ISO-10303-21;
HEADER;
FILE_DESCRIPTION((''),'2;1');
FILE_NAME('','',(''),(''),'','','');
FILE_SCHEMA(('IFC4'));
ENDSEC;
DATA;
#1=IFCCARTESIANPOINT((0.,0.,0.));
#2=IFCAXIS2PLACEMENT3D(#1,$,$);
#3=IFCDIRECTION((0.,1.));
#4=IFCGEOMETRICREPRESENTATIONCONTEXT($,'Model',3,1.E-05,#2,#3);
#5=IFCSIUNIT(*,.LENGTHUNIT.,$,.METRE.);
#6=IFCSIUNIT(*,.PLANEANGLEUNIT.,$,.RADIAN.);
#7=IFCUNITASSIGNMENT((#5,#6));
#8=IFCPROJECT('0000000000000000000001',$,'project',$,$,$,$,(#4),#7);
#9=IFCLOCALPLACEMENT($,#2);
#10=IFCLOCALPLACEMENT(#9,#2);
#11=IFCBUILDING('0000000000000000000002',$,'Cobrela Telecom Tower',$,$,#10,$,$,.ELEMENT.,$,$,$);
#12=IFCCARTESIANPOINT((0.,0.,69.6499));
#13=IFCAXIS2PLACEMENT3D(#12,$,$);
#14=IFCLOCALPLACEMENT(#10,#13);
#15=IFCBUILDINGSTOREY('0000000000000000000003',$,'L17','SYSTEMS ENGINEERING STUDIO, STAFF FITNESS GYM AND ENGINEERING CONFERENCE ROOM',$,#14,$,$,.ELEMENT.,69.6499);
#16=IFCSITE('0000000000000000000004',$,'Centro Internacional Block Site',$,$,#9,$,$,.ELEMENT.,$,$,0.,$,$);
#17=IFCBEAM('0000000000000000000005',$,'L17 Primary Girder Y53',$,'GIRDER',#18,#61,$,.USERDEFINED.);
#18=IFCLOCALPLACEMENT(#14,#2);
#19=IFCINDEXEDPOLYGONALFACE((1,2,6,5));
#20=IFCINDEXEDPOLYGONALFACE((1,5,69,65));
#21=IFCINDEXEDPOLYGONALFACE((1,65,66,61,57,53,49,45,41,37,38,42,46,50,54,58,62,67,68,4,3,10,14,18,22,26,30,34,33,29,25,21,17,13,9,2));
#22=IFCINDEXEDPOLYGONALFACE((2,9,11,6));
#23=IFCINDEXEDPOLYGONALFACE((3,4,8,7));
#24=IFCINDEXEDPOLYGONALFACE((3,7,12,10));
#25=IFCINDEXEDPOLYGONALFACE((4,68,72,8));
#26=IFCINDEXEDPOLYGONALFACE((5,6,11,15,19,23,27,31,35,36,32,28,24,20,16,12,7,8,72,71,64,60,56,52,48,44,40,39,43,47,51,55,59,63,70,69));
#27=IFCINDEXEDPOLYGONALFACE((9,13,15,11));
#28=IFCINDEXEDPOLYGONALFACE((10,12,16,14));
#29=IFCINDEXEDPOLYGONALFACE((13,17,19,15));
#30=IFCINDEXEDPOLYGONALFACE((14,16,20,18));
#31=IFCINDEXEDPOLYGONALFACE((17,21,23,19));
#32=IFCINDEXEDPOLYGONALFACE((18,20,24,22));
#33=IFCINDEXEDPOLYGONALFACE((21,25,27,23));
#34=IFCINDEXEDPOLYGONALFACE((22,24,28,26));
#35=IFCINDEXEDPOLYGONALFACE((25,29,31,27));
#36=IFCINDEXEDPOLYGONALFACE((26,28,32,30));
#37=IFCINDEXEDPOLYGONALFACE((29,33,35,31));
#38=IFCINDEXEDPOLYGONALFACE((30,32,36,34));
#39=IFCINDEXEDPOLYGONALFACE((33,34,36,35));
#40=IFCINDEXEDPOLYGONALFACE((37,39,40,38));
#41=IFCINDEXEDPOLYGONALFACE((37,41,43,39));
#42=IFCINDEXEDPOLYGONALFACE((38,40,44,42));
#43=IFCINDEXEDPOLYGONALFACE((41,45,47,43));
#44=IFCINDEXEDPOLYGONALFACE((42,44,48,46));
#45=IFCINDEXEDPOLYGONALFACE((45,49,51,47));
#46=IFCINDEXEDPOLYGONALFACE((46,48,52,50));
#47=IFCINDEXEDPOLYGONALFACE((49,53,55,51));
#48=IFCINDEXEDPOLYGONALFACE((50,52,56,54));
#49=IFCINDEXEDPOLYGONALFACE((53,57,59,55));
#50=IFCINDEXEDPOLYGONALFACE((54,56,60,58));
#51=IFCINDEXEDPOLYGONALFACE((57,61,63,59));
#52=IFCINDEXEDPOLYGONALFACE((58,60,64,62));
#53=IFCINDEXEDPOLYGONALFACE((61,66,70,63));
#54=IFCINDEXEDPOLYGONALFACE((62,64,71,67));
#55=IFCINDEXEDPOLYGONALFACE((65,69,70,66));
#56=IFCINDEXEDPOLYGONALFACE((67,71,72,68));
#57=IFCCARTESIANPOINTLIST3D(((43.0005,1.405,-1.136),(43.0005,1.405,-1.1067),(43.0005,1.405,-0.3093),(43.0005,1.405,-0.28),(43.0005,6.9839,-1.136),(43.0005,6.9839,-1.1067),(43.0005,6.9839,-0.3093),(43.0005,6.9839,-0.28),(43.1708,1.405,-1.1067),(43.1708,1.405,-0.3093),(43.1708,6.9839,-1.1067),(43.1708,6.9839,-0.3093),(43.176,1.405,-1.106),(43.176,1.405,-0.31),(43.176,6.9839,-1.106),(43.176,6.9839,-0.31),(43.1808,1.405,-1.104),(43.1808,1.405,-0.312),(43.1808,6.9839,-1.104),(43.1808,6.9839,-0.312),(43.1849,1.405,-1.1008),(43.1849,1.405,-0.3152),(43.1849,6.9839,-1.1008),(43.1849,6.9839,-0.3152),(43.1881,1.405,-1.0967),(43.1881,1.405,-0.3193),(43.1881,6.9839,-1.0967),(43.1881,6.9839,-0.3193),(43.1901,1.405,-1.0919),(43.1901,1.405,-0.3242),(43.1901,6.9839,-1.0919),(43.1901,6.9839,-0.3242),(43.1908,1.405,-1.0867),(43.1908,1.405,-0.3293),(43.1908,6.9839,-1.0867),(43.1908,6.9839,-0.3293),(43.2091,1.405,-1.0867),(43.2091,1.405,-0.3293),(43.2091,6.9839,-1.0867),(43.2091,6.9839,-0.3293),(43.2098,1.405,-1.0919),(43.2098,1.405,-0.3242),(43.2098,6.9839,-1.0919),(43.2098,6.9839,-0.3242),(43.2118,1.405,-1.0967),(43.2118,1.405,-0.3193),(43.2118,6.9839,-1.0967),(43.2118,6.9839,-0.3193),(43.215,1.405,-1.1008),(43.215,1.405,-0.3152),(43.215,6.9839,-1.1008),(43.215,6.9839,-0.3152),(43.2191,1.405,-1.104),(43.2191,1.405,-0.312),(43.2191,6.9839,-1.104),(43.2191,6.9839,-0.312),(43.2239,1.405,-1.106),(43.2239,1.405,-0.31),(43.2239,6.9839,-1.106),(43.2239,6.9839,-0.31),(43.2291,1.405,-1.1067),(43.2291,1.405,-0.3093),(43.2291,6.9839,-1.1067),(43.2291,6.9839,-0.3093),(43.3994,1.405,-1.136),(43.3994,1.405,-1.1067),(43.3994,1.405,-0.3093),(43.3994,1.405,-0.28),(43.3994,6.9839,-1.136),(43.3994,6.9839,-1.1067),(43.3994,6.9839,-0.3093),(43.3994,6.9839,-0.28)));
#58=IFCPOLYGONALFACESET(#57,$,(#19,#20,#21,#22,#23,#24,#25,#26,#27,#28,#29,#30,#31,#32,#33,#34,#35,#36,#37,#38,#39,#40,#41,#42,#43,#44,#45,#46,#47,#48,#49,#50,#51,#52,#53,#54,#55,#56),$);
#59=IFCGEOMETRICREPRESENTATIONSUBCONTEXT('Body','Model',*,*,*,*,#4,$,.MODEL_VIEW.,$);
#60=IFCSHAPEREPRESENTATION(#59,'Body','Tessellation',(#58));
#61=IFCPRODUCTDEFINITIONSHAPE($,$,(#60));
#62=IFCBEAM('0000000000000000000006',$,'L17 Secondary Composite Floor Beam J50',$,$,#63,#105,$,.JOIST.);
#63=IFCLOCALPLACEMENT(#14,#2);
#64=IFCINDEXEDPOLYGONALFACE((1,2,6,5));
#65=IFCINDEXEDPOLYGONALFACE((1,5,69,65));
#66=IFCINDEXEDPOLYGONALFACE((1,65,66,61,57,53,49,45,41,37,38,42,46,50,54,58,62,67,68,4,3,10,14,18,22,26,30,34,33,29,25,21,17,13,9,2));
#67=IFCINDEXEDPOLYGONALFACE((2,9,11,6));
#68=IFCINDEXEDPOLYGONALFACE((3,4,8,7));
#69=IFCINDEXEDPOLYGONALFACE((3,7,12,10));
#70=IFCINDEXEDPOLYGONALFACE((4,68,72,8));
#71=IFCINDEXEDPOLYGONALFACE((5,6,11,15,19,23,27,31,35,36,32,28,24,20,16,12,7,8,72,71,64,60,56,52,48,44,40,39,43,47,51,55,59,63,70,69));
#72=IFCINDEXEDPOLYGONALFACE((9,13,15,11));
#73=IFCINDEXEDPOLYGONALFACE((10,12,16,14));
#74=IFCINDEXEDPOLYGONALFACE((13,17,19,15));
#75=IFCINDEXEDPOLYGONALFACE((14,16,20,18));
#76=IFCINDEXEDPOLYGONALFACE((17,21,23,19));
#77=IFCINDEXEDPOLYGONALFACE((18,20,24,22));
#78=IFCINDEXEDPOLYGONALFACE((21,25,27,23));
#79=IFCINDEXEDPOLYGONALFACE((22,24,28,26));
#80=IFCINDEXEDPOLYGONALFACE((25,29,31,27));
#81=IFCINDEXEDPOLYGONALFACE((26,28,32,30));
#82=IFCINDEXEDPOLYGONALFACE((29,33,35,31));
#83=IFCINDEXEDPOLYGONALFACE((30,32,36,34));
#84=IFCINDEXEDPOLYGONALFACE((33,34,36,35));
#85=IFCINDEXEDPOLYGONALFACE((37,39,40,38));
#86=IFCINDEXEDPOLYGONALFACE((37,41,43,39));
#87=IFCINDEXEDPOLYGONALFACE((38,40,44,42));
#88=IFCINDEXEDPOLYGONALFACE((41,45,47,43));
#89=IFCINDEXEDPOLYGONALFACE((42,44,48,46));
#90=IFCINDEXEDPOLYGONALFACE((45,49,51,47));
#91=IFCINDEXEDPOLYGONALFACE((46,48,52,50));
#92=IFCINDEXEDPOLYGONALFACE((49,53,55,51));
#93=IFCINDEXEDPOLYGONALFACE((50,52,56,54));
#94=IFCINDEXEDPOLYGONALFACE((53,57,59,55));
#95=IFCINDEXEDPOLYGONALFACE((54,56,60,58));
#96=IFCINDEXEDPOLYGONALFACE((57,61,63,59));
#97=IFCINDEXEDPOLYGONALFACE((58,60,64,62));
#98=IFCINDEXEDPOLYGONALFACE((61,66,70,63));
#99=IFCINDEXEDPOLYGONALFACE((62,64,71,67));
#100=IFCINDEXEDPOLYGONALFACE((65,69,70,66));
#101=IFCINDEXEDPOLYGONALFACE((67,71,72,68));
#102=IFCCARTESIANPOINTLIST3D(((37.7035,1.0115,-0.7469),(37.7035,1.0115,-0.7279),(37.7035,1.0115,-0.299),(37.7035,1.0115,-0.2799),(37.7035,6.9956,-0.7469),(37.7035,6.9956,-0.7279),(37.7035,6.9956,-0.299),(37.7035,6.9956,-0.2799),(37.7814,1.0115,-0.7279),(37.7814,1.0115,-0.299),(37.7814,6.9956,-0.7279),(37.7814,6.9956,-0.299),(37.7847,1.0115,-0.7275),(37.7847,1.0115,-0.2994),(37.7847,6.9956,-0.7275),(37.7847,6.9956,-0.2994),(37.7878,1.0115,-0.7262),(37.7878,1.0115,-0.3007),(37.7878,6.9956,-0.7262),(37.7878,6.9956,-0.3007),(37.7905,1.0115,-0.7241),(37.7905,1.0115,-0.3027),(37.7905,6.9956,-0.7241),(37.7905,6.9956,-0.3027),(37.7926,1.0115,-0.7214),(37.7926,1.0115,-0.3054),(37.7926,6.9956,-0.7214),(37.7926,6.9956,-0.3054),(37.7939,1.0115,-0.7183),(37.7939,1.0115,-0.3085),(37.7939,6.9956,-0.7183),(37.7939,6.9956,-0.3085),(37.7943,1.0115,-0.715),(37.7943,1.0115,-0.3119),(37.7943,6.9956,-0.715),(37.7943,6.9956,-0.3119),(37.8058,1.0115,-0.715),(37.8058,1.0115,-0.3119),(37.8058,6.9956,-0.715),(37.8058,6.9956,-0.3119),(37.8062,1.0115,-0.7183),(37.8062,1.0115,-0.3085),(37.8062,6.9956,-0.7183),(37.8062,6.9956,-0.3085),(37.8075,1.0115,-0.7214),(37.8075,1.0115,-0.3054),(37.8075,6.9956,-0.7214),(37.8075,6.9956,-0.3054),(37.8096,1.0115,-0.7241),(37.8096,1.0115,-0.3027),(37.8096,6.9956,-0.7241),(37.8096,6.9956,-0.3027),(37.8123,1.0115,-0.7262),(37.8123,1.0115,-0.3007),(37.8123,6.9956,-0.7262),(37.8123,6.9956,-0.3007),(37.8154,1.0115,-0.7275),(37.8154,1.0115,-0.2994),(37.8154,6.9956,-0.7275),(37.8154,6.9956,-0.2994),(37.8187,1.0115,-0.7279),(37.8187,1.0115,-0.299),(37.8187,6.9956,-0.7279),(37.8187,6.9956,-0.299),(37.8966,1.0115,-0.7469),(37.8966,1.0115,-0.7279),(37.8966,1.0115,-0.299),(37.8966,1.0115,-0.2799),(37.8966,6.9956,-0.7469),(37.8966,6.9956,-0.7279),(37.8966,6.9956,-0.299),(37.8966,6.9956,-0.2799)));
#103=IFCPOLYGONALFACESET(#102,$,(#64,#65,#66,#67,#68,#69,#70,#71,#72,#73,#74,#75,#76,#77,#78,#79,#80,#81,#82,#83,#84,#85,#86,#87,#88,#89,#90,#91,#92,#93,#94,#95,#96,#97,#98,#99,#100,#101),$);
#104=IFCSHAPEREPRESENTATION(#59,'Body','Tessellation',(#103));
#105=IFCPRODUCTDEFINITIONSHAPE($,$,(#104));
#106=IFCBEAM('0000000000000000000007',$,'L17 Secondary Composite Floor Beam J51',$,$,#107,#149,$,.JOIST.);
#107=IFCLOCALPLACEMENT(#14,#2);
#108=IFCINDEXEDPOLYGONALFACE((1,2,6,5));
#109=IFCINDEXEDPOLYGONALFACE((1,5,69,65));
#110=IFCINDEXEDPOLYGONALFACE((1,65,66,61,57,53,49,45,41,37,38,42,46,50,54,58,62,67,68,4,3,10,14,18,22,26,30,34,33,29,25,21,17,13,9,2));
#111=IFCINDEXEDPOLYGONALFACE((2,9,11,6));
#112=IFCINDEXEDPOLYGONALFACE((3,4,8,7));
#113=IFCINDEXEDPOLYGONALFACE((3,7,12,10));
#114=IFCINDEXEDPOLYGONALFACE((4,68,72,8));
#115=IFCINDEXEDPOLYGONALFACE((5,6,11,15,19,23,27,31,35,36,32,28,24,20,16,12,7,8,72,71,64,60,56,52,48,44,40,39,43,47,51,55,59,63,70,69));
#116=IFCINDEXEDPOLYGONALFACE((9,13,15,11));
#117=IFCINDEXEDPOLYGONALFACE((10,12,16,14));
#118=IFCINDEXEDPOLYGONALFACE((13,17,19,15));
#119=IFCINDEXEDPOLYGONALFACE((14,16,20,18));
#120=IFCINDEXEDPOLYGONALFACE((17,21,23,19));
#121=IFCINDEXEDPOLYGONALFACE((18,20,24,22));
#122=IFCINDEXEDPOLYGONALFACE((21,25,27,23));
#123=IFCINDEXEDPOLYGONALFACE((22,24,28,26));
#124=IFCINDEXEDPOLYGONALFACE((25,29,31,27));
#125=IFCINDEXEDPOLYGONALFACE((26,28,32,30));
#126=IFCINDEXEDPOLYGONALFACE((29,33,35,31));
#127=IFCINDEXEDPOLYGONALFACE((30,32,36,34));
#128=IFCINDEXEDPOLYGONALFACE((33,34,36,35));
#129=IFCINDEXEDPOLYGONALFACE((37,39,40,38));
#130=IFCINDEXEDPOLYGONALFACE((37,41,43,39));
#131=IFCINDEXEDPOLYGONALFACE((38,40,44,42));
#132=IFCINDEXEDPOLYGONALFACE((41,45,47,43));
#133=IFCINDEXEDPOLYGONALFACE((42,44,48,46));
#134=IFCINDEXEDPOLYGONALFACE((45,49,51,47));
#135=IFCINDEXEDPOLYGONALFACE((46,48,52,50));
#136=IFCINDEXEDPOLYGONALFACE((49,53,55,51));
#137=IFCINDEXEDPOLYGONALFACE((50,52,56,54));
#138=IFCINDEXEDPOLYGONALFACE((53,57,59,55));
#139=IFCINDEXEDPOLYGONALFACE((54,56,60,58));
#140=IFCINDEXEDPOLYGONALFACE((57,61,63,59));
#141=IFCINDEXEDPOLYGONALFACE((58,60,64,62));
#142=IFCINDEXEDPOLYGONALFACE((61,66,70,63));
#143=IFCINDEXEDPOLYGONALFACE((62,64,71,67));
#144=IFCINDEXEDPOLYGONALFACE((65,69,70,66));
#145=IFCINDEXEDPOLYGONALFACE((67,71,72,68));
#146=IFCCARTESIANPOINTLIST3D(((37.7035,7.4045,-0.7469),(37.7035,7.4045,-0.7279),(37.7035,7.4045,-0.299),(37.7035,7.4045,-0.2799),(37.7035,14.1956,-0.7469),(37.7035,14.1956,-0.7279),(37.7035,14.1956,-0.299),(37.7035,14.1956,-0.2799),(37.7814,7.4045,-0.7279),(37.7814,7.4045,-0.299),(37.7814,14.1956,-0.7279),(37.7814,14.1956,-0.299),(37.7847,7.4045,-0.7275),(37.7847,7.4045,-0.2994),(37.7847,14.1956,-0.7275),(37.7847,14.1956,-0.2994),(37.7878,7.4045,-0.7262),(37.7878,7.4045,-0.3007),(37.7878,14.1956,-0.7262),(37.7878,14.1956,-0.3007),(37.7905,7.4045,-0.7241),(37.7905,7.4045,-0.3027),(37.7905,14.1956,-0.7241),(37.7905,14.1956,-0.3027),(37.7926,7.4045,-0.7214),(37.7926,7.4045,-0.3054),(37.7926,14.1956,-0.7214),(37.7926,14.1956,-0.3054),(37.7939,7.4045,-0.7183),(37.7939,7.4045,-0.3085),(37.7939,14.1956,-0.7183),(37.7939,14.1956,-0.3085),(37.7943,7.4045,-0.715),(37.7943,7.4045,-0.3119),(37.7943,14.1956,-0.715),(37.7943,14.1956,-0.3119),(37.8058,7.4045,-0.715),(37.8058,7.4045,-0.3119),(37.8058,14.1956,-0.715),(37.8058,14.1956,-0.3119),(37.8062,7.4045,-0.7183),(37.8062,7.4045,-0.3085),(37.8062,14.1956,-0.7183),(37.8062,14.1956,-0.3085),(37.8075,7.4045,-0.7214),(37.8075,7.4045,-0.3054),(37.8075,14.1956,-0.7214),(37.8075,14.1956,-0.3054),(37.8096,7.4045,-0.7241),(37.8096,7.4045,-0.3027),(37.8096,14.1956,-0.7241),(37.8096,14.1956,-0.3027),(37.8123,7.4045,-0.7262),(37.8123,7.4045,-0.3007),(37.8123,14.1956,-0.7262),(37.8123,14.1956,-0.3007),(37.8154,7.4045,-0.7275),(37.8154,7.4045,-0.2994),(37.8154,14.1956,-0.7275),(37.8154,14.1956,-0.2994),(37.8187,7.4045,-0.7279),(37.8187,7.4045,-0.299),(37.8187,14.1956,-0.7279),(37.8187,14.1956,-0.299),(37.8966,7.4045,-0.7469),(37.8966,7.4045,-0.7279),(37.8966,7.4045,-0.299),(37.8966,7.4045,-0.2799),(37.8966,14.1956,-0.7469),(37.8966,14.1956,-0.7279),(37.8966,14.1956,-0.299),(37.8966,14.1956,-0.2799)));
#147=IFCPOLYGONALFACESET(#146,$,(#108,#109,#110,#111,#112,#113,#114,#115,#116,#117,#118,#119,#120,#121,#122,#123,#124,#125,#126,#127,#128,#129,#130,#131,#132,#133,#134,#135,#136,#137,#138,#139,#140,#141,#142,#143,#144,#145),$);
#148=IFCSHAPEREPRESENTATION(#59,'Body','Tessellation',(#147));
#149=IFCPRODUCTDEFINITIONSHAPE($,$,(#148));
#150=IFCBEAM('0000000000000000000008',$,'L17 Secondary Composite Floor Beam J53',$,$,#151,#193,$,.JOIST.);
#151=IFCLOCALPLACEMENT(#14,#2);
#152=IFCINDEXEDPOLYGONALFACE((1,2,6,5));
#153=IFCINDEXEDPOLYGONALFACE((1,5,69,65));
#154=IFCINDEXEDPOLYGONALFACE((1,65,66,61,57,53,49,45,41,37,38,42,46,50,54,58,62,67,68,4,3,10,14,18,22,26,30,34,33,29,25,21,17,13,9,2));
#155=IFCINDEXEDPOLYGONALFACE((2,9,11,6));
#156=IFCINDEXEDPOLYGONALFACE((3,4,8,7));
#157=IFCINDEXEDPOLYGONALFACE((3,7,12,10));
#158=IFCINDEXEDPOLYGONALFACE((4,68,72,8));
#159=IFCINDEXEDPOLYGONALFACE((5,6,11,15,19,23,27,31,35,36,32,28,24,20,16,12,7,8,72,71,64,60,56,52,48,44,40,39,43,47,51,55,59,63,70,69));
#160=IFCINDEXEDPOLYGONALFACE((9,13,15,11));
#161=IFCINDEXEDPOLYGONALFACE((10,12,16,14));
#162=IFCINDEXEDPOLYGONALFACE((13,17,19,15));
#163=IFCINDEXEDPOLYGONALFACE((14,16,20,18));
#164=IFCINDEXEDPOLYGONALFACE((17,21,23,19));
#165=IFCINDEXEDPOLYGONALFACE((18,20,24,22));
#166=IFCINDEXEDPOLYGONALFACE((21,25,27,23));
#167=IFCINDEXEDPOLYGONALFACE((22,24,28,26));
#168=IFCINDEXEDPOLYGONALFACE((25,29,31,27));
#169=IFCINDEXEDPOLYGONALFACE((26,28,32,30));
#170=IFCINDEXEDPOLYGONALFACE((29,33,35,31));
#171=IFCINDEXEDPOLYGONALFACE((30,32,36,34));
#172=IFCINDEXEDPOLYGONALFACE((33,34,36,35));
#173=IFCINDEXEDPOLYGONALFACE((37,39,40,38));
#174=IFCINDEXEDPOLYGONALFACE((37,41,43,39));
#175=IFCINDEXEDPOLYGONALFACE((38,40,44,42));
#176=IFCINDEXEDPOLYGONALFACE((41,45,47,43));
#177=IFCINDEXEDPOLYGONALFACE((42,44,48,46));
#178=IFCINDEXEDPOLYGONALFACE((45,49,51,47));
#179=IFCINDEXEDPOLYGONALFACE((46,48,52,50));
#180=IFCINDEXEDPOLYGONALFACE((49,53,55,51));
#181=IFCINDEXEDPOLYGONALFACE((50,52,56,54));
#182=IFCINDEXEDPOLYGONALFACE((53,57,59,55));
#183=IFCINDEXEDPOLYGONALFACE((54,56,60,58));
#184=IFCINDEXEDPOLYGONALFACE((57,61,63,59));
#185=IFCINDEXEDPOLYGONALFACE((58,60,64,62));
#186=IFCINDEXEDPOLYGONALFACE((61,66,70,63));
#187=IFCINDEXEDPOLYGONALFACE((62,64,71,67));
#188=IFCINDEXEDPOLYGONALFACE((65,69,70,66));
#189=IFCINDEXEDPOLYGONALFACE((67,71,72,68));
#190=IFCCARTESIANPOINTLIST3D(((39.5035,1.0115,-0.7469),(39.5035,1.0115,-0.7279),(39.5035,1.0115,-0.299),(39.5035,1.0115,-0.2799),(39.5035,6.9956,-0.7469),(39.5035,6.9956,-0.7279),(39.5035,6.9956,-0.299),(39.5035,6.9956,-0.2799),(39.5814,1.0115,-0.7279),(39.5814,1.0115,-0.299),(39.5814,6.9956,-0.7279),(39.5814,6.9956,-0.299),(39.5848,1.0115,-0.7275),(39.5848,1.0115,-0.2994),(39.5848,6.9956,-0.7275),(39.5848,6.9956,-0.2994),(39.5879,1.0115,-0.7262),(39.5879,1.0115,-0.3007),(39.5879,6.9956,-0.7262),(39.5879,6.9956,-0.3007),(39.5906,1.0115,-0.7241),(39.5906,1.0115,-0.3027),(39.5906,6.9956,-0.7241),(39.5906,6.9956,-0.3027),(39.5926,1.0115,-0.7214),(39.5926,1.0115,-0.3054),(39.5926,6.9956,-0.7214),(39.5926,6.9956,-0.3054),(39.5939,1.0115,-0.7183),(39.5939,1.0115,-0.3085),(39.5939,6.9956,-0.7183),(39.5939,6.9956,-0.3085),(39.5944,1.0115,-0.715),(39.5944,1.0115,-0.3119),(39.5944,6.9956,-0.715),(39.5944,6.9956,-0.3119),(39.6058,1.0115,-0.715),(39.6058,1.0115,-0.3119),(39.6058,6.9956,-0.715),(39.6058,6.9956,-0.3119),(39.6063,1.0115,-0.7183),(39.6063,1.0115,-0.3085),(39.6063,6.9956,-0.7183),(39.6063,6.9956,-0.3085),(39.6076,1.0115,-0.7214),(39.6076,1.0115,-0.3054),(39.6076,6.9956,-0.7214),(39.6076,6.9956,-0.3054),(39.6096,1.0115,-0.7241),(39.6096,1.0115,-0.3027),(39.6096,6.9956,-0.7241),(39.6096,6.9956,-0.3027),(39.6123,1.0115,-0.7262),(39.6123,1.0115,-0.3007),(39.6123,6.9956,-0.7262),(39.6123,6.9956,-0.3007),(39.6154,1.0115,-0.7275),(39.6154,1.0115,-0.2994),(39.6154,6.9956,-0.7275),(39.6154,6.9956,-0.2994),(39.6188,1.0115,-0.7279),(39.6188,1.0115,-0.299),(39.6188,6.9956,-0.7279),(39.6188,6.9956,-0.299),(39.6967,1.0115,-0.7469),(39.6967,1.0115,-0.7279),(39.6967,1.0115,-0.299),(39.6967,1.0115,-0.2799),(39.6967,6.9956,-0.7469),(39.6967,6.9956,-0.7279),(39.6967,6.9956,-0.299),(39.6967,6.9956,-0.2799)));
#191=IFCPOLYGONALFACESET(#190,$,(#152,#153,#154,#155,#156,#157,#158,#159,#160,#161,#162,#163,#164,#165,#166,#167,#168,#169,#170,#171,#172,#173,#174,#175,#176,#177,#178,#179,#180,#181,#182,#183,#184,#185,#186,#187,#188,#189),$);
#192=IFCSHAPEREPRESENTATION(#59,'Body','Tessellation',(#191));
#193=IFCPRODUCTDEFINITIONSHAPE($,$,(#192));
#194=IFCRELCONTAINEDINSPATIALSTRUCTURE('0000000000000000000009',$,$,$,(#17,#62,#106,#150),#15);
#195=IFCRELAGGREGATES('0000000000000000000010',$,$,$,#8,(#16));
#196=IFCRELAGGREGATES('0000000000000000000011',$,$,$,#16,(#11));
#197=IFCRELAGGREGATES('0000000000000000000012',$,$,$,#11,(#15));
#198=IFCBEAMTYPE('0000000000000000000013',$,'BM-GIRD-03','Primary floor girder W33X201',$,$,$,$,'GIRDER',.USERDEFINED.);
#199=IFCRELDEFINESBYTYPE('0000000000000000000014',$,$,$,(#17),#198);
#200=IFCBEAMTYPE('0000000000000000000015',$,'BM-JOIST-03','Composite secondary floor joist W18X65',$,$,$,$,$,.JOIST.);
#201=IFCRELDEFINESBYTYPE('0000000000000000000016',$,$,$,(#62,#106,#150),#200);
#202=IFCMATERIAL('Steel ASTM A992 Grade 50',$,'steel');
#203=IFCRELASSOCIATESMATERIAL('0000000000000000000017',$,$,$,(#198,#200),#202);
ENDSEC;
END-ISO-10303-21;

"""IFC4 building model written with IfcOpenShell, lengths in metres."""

from ifc_helpers import new_model, si_unit, direction, frame, origin, origin_2d, place, context, subcontext, project, spatial, i_section, extrude, material, material_profile, profile_set, type_object, element, save


model = new_model("IFC4")

# Units and contexts
model_context = context("Model", 3, precision=1e-05, world=origin(), true_north=direction((0.0, 1.0)))
body_context = subcontext(model_context, "Body", "Model", "MODEL_VIEW")
ifc_project = project(units=[si_unit("LENGTHUNIT", "METRE"), si_unit("PLANEANGLEUNIT", "RADIAN")], contexts=[model_context])

# Site, building, storey
site_placement = place(None, origin())
site = spatial("IfcSite", under=ifc_project, at=site_placement, Name="Centro Internacional Block Site", CompositionType="ELEMENT", RefElevation=0.0)
building_placement = place(site_placement, origin())
building = spatial("IfcBuilding", under=site, at=building_placement, Name="Cobrela Telecom Tower", CompositionType="ELEMENT")
storey_placement = place(building_placement, frame((0.0, 0.0, 69.6499)))
storey = spatial("IfcBuildingStorey", under=building, at=storey_placement, Name="L17", Description="SYSTEMS ENGINEERING STUDIO, STAFF FITNESS GYM AND ENGINEERING CONFERENCE ROOM", CompositionType="ELEMENT", Elevation=69.6499)

# Shared definitions
ifc_material_1 = material(Name="Steel ASTM A992 Grade 50", Category="steel")

# Beams
ifc_material_profile_1 = material_profile(ifc_material_1, i_section(OverallWidth=0.3989, OverallDepth=0.856, WebThickness=0.0183, FlangeThickness=0.0293, FilletRadius=0.02, at=origin_2d()), Name="W33X201")
ifc_profile_set_1 = profile_set([ifc_material_profile_1], Name="Steel ASTM A992 Grade 50")
beam_type_1 = type_object("IfcBeamType", Name="BM-GIRD-03", Description="Primary floor girder W33X201", ElementType="GIRDER", PredefinedType="USERDEFINED", material=ifc_profile_set_1)
beam_1_placement = place(storey_placement, frame((43.2, 1.405, -0.708), z_axis=(0.0, 1.0, 0.0), x_axis=(-1.0, 0.0, 0.0)))
element("IfcBeam", 1, at=beam_1_placement, inside=storey, type_object=beam_type_1, Name="L17 Primary Girder Y53", ObjectType="GIRDER", PredefinedType="USERDEFINED", context=body_context, shape_type="SweptSolid", body=[
    extrude(i_section(OverallWidth=0.3989, OverallDepth=0.856, WebThickness=0.0183, FlangeThickness=0.0293, FilletRadius=0.02, at=origin_2d()), origin(), (0.0, 0.0, 1.0), 5.5789),
])
ifc_material_profile_2 = material_profile(ifc_material_1, i_section(OverallWidth=0.1931, OverallDepth=0.467, WebThickness=0.0115, FlangeThickness=0.019, FilletRadius=0.0129, at=origin_2d()), Name="W18X65")
ifc_profile_set_2 = profile_set([ifc_material_profile_2], Name="Steel ASTM A992 Grade 50")
beam_type_2 = type_object("IfcBeamType", Name="BM-JOIST-03", Description="Composite secondary floor joist W18X65", PredefinedType="JOIST", material=ifc_profile_set_2)
beam_2_placement = place(storey_placement, frame((37.8, 1.0115, -0.5134), z_axis=(0.0, 1.0, 0.0), x_axis=(-1.0, 0.0, 0.0)))
element("IfcBeam", 2, at=beam_2_placement, inside=storey, type_object=beam_type_2, Name="L17 Secondary Composite Floor Beam J50", PredefinedType="JOIST", context=body_context, shape_type="SweptSolid", body=[
    extrude(i_section(OverallWidth=0.1931, OverallDepth=0.467, WebThickness=0.0115, FlangeThickness=0.019, FilletRadius=0.0129, at=origin_2d()), origin(), (0.0, 0.0, 1.0), 5.9841),
])
beam_3_placement = place(storey_placement, frame((37.8, 7.4045, -0.5134), z_axis=(0.0, 1.0, 0.0), x_axis=(-1.0, 0.0, 0.0)))
element("IfcBeam", 3, at=beam_3_placement, inside=storey, type_object=beam_type_2, Name="L17 Secondary Composite Floor Beam J51", PredefinedType="JOIST", context=body_context, shape_type="SweptSolid", body=[
    extrude(i_section(OverallWidth=0.1931, OverallDepth=0.467, WebThickness=0.0115, FlangeThickness=0.019, FilletRadius=0.0129, at=origin_2d()), origin(), (0.0, 0.0, 1.0), 6.791),
])
beam_4_placement = place(storey_placement, frame((39.6001, 1.0115, -0.5134), z_axis=(0.0, 1.0, 0.0), x_axis=(-1.0, 0.0, 0.0)))
element("IfcBeam", 4, at=beam_4_placement, inside=storey, type_object=beam_type_2, Name="L17 Secondary Composite Floor Beam J53", PredefinedType="JOIST", context=body_context, shape_type="SweptSolid", body=[
    extrude(i_section(OverallWidth=0.1931, OverallDepth=0.467, WebThickness=0.0115, FlangeThickness=0.019, FilletRadius=0.0129, at=origin_2d()), origin(), (0.0, 0.0, 1.0), 5.9841),
])

save(model, "model.ifc")
